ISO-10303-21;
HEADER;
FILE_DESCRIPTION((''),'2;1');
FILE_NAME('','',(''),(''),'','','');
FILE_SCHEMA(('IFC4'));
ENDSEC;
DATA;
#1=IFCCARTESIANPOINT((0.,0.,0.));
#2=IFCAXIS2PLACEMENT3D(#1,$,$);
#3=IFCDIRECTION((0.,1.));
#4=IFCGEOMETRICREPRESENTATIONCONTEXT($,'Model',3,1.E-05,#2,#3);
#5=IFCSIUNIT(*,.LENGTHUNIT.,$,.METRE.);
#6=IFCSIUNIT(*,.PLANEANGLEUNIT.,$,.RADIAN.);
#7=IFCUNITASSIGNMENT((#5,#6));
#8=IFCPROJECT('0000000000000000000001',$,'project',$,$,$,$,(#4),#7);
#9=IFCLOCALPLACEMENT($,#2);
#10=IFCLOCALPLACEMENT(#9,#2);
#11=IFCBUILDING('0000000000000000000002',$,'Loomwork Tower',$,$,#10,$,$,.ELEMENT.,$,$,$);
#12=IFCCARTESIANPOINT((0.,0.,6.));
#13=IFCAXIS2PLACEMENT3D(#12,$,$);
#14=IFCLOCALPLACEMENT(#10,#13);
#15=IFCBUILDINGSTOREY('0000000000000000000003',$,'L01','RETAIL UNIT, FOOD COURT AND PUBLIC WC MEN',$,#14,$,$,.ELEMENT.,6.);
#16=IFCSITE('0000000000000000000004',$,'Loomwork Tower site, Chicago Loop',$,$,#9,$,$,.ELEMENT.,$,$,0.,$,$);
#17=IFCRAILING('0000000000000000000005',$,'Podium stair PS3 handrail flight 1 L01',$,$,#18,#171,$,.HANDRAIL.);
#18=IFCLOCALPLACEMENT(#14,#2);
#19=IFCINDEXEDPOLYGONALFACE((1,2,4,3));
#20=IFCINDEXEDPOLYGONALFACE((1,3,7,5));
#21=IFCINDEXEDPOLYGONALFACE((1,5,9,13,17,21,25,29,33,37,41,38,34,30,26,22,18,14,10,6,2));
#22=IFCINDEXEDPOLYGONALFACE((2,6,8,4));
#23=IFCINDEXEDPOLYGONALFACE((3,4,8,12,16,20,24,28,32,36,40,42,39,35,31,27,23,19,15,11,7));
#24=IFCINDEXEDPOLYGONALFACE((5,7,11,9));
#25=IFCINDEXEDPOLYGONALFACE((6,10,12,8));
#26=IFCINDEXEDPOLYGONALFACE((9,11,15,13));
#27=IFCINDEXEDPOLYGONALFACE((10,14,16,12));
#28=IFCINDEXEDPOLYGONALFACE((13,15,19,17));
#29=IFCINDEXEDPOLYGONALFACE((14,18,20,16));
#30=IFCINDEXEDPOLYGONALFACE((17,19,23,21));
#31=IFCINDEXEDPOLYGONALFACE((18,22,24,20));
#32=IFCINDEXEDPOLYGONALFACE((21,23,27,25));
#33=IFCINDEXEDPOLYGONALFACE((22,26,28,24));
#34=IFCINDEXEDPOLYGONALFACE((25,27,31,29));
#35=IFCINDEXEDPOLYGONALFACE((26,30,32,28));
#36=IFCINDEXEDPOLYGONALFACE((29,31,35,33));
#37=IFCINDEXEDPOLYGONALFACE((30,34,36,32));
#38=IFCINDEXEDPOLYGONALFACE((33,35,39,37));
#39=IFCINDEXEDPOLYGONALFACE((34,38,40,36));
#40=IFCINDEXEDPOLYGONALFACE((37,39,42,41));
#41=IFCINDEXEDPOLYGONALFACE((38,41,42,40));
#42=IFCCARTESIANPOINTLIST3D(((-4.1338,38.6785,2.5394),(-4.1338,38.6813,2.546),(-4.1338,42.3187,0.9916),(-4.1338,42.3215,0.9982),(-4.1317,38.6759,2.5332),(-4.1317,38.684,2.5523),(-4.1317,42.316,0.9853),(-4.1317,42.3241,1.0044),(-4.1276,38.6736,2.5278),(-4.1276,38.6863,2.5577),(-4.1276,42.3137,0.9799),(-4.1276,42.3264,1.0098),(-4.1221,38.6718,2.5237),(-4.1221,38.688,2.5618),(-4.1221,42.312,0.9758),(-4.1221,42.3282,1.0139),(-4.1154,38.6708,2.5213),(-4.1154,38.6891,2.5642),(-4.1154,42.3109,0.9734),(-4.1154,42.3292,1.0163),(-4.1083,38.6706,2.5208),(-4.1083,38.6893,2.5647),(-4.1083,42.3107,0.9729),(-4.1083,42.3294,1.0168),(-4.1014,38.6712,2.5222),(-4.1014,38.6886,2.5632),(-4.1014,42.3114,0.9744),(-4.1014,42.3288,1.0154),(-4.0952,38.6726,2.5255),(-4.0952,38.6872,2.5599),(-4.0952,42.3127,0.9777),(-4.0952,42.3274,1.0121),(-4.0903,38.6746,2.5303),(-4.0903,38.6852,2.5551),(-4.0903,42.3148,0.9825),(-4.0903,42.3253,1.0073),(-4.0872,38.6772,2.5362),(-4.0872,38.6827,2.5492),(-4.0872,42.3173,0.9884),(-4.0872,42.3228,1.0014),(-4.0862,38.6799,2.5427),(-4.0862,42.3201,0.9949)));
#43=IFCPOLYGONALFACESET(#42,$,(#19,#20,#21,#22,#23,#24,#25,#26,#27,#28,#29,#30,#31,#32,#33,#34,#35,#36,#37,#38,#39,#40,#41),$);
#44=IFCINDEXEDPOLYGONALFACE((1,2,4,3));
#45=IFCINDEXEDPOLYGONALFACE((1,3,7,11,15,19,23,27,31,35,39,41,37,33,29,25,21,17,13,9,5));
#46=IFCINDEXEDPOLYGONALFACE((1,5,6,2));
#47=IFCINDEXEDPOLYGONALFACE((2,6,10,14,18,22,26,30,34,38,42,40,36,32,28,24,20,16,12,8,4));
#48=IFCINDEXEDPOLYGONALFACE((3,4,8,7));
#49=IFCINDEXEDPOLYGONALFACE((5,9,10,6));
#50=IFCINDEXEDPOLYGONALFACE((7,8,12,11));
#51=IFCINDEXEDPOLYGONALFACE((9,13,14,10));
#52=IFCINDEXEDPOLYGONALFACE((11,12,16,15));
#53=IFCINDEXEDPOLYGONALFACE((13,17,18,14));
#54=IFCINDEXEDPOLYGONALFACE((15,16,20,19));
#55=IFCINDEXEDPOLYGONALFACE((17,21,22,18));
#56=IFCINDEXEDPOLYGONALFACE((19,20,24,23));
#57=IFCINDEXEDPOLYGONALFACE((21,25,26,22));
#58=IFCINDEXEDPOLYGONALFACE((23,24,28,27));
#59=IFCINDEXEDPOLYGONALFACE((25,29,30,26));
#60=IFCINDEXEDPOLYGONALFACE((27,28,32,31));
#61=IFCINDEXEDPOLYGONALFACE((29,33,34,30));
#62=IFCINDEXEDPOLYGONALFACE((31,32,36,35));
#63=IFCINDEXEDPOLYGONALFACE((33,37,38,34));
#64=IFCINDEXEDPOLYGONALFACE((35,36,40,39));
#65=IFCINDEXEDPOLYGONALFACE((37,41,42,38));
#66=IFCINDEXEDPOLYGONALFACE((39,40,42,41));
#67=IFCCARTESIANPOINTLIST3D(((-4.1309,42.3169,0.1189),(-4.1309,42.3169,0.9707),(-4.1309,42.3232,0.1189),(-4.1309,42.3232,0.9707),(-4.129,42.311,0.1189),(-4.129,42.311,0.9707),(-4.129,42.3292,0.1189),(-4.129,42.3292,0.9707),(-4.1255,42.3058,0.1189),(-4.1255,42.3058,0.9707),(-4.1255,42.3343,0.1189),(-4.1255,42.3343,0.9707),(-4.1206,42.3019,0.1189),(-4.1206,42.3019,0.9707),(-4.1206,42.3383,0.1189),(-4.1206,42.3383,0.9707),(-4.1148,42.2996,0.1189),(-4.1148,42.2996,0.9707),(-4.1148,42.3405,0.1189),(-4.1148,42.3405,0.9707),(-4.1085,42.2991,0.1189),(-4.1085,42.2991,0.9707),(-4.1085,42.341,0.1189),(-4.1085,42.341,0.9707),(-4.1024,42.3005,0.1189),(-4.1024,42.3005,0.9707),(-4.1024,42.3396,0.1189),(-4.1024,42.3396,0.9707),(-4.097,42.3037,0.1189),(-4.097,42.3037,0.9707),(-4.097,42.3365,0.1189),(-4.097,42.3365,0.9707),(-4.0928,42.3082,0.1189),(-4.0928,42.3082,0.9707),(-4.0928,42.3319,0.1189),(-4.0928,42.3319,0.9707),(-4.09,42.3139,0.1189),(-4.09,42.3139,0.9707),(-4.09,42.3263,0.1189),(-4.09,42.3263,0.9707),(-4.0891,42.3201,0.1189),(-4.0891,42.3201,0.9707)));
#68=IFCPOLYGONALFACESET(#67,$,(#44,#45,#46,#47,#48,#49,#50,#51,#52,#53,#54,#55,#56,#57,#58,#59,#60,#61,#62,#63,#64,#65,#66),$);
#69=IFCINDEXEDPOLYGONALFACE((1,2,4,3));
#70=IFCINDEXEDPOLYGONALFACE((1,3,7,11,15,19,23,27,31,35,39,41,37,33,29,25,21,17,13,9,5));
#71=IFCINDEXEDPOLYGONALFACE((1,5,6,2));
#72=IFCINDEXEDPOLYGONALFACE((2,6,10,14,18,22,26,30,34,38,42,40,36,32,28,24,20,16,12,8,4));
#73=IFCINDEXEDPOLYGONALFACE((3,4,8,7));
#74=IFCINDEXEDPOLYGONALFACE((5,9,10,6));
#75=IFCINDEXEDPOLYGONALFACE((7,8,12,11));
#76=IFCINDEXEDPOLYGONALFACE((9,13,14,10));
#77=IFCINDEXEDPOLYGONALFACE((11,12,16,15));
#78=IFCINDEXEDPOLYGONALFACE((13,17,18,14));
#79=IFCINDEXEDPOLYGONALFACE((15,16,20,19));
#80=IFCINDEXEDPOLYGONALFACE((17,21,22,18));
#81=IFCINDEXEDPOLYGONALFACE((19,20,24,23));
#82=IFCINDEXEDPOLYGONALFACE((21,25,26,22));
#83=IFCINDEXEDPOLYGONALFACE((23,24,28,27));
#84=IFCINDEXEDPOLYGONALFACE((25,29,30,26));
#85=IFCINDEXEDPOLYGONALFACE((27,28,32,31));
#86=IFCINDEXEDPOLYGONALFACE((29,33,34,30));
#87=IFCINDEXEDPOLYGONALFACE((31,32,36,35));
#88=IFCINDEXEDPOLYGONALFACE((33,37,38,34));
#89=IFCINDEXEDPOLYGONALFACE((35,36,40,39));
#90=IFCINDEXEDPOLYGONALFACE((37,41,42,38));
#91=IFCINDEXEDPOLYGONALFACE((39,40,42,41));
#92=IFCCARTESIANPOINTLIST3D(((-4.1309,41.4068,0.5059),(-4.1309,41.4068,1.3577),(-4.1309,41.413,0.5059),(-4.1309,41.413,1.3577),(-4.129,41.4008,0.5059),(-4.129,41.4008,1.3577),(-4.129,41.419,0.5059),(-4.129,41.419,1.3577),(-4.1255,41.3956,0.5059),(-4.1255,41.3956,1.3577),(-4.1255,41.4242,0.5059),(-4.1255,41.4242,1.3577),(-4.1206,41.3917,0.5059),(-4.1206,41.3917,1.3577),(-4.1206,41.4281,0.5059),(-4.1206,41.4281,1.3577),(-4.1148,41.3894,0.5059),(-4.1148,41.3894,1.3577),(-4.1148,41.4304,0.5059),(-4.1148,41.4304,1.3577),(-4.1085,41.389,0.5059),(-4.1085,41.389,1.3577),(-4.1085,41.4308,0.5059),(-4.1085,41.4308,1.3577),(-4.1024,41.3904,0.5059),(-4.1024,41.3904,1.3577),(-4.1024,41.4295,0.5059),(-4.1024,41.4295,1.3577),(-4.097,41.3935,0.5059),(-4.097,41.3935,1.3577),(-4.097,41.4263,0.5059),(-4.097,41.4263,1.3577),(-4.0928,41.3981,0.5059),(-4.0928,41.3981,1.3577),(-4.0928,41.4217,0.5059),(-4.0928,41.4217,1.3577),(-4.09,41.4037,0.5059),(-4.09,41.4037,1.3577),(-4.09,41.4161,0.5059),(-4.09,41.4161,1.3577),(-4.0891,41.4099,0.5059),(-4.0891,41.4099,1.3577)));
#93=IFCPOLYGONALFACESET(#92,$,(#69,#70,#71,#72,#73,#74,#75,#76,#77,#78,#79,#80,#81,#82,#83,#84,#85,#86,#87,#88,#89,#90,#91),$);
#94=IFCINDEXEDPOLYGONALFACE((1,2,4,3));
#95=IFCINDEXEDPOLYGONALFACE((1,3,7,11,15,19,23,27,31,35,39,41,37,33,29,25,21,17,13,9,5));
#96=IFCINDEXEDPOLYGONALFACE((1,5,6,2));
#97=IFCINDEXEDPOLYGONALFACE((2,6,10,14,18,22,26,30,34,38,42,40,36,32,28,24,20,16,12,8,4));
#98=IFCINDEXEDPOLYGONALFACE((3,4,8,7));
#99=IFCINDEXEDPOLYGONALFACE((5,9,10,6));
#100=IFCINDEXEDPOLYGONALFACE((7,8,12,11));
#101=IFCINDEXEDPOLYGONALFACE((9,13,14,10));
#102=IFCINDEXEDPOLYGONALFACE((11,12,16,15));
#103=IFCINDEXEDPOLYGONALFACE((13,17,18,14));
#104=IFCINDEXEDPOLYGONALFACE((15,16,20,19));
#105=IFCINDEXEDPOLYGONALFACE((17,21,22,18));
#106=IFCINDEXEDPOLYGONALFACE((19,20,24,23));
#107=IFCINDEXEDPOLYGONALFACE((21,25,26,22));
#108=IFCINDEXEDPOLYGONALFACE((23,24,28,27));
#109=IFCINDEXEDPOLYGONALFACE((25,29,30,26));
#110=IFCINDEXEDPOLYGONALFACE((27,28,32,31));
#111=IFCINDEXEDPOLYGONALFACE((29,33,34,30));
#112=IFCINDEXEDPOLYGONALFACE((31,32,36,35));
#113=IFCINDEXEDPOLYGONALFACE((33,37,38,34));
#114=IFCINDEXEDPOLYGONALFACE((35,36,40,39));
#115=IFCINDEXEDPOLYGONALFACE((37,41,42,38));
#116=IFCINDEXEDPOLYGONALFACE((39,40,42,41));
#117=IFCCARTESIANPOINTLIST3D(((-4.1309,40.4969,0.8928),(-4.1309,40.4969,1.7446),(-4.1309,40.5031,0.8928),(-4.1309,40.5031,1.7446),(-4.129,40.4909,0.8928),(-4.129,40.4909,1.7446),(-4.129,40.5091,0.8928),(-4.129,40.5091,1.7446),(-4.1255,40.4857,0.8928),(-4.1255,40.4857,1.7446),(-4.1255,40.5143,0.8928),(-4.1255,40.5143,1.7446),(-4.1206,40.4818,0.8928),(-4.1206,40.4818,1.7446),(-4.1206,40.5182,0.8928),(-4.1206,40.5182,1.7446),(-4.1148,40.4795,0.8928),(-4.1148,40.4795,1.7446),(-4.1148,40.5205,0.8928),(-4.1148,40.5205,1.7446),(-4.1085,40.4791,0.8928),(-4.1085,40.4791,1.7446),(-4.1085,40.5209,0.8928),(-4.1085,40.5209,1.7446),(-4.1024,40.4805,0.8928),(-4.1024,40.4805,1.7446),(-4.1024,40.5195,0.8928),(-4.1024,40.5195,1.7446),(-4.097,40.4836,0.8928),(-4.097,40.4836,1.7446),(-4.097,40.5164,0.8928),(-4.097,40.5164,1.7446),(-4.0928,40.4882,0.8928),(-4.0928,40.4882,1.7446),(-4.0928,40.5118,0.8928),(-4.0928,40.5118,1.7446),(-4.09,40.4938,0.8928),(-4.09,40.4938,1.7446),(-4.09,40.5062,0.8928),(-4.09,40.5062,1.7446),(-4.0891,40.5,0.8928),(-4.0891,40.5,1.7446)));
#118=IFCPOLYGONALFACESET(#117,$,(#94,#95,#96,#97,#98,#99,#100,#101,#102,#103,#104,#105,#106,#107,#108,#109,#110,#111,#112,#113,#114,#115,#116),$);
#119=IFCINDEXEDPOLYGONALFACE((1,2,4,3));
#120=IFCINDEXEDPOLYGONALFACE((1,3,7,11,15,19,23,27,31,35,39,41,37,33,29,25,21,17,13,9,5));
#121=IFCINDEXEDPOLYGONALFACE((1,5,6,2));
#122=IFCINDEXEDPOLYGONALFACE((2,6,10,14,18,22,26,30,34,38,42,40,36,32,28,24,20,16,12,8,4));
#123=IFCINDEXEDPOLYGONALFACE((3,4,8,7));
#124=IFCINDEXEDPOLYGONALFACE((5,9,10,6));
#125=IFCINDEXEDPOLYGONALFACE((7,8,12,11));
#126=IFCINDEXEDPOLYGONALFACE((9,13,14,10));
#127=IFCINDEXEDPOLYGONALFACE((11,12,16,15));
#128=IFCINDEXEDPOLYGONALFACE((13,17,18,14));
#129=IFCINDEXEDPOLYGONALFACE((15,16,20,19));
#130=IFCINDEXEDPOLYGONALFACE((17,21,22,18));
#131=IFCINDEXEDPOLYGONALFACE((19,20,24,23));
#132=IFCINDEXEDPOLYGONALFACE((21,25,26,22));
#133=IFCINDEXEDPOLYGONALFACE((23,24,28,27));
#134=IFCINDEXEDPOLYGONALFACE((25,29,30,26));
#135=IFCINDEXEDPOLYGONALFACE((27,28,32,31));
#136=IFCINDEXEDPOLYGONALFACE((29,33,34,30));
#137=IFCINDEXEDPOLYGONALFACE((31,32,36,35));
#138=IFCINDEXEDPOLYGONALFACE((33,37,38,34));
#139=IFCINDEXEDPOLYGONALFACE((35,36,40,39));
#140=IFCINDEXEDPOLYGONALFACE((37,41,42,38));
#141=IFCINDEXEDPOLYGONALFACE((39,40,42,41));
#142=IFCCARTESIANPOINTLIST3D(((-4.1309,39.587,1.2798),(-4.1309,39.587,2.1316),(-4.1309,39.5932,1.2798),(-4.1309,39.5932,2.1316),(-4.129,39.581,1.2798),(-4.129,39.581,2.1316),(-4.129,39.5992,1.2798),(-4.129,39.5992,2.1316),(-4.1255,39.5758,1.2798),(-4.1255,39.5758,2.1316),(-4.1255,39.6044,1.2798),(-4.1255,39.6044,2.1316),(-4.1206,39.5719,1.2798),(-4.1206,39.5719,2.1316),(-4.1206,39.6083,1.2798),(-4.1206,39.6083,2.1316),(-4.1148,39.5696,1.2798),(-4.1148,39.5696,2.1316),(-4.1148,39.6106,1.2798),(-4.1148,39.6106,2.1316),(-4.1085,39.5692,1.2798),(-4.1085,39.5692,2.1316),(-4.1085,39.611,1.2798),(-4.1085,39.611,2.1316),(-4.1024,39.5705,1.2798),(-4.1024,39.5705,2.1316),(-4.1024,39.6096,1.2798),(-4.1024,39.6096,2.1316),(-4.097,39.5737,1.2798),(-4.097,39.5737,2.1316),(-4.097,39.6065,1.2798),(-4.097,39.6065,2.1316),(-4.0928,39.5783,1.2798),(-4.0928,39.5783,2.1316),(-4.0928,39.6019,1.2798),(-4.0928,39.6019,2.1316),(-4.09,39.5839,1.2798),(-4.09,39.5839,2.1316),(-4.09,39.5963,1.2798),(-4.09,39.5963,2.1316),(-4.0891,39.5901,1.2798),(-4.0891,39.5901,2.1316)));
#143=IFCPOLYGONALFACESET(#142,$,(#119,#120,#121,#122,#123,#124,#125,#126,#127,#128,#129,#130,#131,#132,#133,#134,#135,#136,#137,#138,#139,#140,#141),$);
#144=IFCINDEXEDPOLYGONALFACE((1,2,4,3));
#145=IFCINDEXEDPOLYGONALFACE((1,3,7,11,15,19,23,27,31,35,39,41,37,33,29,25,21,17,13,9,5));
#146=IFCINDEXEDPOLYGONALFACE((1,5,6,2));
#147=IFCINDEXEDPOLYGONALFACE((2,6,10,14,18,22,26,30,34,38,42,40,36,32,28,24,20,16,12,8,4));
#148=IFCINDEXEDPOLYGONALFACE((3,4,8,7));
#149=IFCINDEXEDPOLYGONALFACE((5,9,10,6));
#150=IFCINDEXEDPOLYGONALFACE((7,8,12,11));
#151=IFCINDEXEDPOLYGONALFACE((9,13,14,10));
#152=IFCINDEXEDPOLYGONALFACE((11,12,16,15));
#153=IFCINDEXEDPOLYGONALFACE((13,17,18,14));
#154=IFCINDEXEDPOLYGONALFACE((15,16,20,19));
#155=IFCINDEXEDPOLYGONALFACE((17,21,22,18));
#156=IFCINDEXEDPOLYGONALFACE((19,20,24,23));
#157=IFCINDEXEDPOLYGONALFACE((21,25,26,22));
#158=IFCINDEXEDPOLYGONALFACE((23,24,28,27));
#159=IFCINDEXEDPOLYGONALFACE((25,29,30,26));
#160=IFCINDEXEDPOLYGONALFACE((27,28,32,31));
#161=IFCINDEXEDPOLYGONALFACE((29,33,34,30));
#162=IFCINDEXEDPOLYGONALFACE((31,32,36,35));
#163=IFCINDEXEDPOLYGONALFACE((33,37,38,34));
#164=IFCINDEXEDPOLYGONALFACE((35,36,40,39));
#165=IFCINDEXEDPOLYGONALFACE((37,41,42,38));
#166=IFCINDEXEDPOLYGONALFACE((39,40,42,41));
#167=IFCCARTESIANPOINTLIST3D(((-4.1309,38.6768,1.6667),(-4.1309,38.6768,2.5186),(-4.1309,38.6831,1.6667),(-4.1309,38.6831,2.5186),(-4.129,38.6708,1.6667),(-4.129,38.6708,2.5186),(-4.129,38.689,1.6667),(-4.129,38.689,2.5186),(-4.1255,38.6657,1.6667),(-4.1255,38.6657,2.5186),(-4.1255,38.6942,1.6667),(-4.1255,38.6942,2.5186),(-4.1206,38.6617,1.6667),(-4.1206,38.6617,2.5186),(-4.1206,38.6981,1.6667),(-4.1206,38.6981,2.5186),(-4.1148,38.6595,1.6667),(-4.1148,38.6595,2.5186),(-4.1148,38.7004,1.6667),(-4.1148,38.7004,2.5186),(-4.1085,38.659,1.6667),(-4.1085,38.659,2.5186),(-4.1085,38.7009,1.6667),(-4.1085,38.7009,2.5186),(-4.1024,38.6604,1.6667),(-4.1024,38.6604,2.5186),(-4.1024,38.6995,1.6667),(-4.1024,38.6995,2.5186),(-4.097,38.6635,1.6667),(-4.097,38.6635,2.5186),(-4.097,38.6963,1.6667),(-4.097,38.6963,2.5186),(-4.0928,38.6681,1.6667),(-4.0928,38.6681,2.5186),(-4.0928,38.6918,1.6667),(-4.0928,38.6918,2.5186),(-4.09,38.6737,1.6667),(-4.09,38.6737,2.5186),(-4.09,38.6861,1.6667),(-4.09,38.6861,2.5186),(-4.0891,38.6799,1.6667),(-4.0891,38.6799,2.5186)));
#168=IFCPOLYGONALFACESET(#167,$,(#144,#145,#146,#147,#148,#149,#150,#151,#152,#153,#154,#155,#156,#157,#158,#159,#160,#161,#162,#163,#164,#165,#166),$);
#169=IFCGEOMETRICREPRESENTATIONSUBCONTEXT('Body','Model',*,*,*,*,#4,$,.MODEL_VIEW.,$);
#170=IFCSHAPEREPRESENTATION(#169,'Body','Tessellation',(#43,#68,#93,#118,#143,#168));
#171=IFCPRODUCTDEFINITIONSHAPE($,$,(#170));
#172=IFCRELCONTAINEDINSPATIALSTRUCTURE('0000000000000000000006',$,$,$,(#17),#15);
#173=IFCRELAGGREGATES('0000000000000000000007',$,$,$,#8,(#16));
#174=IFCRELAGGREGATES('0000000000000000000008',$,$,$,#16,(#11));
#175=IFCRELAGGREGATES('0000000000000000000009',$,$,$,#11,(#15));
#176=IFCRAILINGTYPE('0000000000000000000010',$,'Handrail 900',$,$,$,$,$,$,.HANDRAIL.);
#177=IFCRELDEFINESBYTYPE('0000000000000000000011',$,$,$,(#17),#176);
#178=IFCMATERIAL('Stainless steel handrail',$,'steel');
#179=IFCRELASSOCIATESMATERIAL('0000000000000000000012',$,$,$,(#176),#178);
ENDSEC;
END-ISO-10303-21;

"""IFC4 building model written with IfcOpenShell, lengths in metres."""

from ifc_helpers import new_model, si_unit, direction, frame, origin, origin_2d, place, context, subcontext, project, spatial, circle, extrude, material, type_object, element, save


model = new_model("IFC4")

# Units and contexts
model_context = context("Model", 3, precision=1e-05, world=origin(), true_north=direction((0.0, 1.0)))
body_context = subcontext(model_context, "Body", "Model", "MODEL_VIEW")
ifc_project = project(units=[si_unit("LENGTHUNIT", "METRE"), si_unit("PLANEANGLEUNIT", "RADIAN")], contexts=[model_context])

# Site, building, storey
site_placement = place(None, origin())
site = spatial("IfcSite", under=ifc_project, at=site_placement, Name="Loomwork Tower site, Chicago Loop", CompositionType="ELEMENT", RefElevation=0.0)
building_placement = place(site_placement, origin())
building = spatial("IfcBuilding", under=site, at=building_placement, Name="Loomwork Tower", CompositionType="ELEMENT")
storey_placement = place(building_placement, frame((0.0, 0.0, 6.0)))
storey = spatial("IfcBuildingStorey", under=building, at=storey_placement, Name="L01", Description="RETAIL UNIT, FOOD COURT AND PUBLIC WC MEN", CompositionType="ELEMENT", Elevation=6.0)

# Railing
ifc_material_1 = material(Name="Stainless steel handrail", Category="steel")
railing_type = type_object("IfcRailingType", Name="Handrail 900", PredefinedType="HANDRAIL", material=ifc_material_1)
railing_1_placement = place(storey_placement, frame((-4.1101, 42.3201, 0.1189)))
element("IfcRailing", 1, at=railing_1_placement, inside=storey, type_object=railing_type, Name="Podium stair PS3 handrail flight 1 L01", PredefinedType="HANDRAIL", context=body_context, shape_type="SweptSolid", body=[
    extrude(circle(Radius=0.0239, at=origin_2d()), frame((0.0, 0.0, 0.876), z_axis=(0.0, -0.920259, 0.391311), x_axis=(1.0, 0.0, 0.0)), (0.0, 0.0, 1.0), 3.9556),
    extrude(circle(Radius=0.021, at=origin_2d()), origin(), (0.0, 0.0, 1.0), 0.8518),
    extrude(circle(Radius=0.021, at=origin_2d()), frame((0.0, -0.9102, 0.387)), (0.0, 0.0, 1.0), 0.8518),
    extrude(circle(Radius=0.021, at=origin_2d()), frame((0.0, -1.8201, 0.7739)), (0.0, 0.0, 1.0), 0.8518),
    extrude(circle(Radius=0.021, at=origin_2d()), frame((0.0, -2.73, 1.1609)), (0.0, 0.0, 1.0), 0.8518),
    extrude(circle(Radius=0.021, at=origin_2d()), frame((0.0, -3.6401, 1.5479)), (0.0, 0.0, 1.0), 0.8518),
])

save(model, "model.ifc")
